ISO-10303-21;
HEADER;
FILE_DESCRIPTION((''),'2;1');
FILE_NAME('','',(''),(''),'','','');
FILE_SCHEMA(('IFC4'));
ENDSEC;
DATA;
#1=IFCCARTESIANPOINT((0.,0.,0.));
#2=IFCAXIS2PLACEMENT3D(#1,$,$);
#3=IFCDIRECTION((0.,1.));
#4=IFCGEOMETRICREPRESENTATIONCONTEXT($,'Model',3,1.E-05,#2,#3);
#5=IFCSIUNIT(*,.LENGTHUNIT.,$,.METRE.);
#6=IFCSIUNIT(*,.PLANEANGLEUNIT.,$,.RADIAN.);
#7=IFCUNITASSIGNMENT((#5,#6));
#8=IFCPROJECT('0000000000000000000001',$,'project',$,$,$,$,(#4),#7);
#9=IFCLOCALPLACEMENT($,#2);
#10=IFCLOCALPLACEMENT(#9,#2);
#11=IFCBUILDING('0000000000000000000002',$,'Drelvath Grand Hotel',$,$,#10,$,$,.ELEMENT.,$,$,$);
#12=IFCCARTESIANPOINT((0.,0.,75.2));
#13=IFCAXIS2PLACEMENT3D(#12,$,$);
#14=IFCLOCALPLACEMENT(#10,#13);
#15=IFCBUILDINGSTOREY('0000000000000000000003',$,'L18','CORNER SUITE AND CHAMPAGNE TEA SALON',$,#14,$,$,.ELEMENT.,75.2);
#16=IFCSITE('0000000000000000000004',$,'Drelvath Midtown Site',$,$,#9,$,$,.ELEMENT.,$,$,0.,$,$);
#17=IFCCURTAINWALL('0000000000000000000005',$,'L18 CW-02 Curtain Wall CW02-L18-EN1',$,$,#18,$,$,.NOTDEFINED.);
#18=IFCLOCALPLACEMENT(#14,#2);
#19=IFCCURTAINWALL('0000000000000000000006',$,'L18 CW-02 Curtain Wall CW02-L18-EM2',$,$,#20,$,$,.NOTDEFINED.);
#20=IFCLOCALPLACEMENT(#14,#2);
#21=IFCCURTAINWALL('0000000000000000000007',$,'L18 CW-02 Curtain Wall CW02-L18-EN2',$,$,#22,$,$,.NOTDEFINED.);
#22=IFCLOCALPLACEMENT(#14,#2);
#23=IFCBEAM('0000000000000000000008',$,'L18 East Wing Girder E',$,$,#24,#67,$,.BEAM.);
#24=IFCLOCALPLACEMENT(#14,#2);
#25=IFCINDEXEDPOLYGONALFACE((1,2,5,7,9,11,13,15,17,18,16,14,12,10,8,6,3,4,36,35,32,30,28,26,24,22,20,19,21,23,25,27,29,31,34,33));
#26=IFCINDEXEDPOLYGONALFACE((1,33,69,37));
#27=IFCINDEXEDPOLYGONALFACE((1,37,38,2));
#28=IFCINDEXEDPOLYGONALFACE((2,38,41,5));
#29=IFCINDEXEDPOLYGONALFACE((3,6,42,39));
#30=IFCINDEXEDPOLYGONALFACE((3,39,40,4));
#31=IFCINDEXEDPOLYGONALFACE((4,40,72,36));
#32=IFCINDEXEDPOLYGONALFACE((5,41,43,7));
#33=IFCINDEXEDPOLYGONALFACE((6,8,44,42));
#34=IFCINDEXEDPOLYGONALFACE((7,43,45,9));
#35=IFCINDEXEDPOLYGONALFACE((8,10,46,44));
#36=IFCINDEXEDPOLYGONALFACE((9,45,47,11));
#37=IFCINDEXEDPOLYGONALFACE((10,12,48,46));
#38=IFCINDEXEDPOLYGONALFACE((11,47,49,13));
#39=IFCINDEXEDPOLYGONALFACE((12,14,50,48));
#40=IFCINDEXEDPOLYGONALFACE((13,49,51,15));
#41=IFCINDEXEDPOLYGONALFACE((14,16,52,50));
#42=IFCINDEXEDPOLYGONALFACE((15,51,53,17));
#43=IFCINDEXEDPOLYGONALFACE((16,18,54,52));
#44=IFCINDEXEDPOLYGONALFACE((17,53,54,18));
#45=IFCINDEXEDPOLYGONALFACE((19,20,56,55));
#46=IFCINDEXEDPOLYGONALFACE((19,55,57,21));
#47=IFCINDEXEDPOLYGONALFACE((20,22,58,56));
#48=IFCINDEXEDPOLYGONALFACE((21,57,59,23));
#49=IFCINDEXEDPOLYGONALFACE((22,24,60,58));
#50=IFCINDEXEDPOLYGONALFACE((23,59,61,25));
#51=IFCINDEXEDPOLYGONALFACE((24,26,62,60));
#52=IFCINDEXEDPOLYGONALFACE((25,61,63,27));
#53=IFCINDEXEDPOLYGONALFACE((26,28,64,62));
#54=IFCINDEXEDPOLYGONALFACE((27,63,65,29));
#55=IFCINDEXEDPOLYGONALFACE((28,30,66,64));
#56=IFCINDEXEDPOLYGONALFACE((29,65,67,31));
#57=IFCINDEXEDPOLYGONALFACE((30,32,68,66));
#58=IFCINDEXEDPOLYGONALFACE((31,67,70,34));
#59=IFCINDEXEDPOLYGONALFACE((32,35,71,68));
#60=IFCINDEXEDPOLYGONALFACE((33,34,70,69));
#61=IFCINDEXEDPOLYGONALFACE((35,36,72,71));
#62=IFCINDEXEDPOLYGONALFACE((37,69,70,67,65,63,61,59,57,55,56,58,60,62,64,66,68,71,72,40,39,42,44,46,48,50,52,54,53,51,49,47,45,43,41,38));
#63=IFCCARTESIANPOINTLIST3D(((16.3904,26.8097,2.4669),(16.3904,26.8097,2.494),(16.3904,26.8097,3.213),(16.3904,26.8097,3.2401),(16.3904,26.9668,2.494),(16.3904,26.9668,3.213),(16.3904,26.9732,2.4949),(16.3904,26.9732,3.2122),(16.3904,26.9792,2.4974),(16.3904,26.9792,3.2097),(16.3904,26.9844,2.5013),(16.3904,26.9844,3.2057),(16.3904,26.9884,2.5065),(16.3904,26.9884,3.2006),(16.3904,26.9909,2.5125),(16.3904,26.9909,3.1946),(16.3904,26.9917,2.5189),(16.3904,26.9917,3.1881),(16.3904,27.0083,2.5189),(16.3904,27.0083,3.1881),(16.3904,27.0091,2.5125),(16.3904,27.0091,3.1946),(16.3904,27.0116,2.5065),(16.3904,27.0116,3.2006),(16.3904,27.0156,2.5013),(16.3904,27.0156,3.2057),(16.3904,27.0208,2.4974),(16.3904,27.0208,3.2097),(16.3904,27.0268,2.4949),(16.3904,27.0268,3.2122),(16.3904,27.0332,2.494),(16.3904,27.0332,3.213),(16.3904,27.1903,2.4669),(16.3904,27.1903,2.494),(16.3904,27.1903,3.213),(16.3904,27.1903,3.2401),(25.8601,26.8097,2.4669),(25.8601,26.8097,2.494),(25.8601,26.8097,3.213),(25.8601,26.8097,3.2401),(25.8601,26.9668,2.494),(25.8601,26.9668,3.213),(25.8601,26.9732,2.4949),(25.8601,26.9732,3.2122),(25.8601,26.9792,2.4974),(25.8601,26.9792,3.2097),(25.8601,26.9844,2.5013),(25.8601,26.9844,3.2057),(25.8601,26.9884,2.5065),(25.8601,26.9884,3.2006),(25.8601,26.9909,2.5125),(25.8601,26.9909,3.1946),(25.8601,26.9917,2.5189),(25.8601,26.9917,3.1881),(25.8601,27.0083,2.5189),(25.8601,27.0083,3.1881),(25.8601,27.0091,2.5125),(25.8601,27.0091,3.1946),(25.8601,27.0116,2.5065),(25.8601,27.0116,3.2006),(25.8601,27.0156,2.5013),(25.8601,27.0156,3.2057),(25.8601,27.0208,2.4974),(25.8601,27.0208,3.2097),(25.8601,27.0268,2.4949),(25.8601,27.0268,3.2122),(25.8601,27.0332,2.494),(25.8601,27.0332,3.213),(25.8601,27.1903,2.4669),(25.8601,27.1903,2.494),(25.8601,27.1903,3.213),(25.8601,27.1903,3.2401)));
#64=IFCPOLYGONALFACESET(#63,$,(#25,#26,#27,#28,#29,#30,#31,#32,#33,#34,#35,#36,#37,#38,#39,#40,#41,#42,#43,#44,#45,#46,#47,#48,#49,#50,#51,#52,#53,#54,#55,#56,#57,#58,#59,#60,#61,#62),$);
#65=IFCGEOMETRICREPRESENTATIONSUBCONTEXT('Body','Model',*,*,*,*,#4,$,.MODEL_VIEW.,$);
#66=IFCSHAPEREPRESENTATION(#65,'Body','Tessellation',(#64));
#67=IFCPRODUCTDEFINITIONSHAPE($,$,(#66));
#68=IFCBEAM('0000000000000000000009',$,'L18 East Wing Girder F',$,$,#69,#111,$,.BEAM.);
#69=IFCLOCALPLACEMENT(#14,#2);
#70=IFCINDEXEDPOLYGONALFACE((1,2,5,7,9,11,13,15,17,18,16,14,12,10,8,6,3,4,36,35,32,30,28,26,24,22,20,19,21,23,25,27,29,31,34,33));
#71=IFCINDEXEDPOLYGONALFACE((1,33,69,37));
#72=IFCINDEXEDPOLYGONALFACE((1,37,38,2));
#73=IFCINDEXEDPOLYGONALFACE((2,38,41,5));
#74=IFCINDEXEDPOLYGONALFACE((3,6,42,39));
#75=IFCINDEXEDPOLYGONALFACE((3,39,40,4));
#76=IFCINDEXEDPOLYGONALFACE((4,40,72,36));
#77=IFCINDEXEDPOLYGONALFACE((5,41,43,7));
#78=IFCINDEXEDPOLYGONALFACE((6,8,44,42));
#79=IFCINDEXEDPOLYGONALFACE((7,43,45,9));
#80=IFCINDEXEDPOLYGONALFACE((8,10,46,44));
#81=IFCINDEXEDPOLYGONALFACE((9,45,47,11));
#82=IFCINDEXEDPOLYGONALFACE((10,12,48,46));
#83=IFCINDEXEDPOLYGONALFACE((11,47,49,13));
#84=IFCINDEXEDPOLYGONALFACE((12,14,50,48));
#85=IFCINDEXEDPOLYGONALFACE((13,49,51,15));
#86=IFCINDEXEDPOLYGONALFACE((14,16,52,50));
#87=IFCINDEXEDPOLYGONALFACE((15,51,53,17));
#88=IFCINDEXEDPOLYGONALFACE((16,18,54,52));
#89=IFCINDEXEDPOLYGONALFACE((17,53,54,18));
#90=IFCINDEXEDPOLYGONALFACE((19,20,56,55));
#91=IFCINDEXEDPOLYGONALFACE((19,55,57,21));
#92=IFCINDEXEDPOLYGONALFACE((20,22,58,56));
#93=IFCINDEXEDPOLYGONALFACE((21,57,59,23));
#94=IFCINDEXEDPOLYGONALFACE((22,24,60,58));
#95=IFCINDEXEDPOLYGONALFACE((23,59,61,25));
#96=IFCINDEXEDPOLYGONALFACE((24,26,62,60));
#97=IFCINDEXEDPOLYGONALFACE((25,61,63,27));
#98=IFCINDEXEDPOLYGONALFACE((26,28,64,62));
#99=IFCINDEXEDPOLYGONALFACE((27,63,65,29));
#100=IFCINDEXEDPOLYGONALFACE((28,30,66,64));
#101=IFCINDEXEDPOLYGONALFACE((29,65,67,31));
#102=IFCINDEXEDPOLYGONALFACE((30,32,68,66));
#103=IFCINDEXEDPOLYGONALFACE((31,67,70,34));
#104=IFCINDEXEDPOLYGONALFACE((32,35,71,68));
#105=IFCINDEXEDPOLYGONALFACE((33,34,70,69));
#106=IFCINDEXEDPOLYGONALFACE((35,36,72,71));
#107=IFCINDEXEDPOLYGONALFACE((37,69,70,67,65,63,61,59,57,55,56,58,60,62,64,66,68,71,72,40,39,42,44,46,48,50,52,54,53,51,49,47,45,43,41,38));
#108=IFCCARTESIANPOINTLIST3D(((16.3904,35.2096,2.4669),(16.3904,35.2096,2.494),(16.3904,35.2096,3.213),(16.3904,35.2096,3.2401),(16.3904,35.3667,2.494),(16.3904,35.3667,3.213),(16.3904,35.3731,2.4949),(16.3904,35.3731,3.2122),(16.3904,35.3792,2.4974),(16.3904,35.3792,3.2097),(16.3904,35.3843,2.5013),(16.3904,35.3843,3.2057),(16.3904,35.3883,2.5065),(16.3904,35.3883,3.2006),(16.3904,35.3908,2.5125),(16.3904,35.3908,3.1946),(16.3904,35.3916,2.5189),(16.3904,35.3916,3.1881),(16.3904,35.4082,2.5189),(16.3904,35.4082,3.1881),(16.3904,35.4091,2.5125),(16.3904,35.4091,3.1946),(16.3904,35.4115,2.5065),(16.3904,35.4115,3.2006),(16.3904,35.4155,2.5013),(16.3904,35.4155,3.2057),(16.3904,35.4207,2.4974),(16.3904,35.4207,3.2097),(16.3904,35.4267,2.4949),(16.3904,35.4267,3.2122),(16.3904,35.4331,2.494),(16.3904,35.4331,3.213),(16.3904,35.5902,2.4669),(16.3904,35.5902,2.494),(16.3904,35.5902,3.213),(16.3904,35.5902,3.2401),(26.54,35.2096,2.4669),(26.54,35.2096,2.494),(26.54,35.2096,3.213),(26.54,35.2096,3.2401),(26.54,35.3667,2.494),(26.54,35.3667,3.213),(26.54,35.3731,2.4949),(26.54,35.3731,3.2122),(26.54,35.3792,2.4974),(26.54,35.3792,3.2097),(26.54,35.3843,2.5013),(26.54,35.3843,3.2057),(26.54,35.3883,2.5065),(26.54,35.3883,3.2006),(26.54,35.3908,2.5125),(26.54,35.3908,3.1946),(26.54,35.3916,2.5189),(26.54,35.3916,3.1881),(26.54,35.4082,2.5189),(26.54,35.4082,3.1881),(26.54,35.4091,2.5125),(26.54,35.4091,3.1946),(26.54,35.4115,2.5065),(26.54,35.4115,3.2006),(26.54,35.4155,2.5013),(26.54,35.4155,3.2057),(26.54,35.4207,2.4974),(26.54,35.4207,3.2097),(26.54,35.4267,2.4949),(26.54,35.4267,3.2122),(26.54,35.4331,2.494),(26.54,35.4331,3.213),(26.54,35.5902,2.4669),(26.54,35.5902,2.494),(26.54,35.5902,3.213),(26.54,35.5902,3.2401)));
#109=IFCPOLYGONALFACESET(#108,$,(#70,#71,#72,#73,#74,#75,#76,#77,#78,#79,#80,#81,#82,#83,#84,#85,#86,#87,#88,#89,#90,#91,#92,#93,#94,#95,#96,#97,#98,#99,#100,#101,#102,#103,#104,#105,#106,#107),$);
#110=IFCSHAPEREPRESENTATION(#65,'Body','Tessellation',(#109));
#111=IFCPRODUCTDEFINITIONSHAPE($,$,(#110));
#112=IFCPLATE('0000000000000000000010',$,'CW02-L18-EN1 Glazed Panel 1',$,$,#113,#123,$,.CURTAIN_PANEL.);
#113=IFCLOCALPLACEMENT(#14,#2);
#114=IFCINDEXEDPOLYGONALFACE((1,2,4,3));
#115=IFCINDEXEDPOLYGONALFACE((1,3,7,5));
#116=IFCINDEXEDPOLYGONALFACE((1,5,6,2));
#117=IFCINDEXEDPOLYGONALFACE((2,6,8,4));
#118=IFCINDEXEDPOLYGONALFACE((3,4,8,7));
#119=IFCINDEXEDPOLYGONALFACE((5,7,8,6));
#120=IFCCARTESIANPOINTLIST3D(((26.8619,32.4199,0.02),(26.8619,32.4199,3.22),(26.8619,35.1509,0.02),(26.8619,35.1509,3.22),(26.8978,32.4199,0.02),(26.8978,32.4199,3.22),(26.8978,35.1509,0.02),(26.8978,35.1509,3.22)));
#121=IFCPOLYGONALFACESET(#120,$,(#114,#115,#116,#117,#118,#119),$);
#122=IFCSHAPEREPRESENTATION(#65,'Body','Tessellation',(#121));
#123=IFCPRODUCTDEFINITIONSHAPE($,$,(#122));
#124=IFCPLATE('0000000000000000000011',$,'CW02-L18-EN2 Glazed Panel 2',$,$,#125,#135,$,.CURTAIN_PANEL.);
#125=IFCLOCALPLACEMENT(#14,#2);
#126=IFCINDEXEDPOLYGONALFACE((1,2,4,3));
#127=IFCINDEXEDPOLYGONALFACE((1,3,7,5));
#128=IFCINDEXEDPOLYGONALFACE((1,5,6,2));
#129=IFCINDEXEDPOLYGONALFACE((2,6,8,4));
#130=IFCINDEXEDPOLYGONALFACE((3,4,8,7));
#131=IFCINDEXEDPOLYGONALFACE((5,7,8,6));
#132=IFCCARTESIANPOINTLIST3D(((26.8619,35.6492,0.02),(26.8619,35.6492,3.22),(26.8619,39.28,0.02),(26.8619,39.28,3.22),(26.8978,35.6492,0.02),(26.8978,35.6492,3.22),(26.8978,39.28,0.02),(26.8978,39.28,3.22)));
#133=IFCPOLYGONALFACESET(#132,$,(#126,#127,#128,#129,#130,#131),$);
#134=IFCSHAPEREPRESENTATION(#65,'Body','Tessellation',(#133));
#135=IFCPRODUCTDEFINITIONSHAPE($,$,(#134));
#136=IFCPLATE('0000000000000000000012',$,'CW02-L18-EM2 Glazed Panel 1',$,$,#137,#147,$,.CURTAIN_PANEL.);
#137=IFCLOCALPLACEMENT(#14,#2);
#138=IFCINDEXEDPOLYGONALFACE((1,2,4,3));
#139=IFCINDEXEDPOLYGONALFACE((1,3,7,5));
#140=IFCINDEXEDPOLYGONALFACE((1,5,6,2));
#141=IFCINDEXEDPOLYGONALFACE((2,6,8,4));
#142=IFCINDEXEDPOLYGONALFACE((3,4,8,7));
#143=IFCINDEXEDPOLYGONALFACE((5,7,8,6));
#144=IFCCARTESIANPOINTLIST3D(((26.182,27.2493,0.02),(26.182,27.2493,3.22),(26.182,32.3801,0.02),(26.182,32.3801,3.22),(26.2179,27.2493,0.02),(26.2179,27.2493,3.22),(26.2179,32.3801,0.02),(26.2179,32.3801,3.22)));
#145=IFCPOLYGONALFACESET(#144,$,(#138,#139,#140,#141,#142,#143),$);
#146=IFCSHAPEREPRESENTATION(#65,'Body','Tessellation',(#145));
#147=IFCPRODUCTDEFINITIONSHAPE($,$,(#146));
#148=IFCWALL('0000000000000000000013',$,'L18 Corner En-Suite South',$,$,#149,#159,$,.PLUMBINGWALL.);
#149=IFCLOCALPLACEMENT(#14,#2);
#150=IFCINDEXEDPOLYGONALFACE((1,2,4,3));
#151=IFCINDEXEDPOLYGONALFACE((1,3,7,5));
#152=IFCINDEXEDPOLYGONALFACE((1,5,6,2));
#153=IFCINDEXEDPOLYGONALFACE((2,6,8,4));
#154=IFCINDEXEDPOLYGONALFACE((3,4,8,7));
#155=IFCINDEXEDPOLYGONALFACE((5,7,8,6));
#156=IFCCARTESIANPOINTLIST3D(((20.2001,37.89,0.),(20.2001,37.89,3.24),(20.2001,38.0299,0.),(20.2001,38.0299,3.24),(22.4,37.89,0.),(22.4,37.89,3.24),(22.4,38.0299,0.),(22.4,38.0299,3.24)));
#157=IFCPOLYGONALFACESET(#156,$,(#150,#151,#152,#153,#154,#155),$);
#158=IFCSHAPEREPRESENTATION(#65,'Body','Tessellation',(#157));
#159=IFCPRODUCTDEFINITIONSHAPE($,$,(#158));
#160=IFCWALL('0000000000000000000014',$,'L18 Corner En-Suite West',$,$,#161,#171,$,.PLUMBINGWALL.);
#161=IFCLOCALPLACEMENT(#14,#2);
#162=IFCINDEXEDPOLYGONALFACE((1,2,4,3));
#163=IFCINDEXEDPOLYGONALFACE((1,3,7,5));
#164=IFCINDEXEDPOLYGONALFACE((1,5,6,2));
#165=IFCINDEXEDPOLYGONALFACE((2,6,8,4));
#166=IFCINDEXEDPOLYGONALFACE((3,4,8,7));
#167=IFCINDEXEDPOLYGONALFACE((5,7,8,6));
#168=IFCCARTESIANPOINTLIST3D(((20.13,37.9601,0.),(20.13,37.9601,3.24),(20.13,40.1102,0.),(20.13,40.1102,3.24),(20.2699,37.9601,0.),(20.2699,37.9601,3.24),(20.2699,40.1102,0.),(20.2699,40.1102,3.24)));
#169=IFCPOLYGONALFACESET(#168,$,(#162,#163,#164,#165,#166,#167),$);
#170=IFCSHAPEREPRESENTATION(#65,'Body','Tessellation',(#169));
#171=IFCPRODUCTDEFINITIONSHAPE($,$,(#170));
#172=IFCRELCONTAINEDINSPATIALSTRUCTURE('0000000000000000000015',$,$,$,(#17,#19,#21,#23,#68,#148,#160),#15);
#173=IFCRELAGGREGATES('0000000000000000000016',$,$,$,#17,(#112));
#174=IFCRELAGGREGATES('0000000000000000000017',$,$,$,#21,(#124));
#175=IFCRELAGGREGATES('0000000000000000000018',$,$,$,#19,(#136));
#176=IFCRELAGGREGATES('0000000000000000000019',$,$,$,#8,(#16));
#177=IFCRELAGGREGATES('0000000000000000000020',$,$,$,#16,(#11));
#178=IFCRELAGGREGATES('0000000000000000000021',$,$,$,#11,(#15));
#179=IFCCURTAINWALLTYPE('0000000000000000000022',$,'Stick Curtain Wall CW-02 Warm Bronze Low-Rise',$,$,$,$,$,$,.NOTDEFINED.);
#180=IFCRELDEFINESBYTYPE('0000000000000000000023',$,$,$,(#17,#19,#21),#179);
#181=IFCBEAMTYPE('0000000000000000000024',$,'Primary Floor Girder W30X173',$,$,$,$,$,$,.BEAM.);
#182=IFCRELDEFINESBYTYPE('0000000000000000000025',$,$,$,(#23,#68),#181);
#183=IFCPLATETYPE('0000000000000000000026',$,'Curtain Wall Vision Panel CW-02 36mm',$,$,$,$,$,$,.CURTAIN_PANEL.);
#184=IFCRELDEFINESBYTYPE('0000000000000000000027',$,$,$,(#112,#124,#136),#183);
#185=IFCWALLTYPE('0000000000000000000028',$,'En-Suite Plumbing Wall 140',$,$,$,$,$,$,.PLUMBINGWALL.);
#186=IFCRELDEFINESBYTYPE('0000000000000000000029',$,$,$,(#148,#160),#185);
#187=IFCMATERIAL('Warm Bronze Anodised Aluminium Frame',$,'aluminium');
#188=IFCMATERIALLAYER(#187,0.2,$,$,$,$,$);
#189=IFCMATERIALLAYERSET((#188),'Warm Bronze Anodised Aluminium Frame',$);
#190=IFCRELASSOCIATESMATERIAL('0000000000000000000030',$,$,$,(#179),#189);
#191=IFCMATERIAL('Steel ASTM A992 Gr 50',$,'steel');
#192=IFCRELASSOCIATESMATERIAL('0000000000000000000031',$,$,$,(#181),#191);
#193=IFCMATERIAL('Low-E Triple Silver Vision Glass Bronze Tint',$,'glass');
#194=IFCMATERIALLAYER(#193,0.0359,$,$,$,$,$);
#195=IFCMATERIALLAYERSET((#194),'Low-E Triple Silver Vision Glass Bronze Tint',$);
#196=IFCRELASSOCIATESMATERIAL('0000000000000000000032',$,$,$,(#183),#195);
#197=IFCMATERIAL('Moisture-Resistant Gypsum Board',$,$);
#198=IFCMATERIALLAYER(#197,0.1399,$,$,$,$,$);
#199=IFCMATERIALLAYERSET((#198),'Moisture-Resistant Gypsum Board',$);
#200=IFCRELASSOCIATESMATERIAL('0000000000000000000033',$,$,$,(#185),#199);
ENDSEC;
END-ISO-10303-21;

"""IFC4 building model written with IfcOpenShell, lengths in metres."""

from ifc_helpers import new_model, si_unit, direction, frame, frame_2d, origin, origin_2d, place, context, subcontext, project, spatial, rectangle, i_section, extrude, material, layer, layer_set, material_profile, profile_set, type_object, element, aggregate, save


model = new_model("IFC4")

# Units and contexts
model_context = context("Model", 3, precision=1e-05, world=origin(), true_north=direction((0.0, 1.0)))
body_context = subcontext(model_context, "Body", "Model", "MODEL_VIEW")
ifc_project = project(units=[si_unit("LENGTHUNIT", "METRE"), si_unit("PLANEANGLEUNIT", "RADIAN")], contexts=[model_context])

# Site, building, storey
site_placement = place(None, origin())
site = spatial("IfcSite", under=ifc_project, at=site_placement, Name="Drelvath Midtown Site", CompositionType="ELEMENT", RefElevation=0.0)
building_placement = place(site_placement, origin())
building = spatial("IfcBuilding", under=site, at=building_placement, Name="Drelvath Grand Hotel", CompositionType="ELEMENT")
storey_placement = place(building_placement, frame((0.0, 0.0, 75.2)))
storey = spatial("IfcBuildingStorey", under=building, at=storey_placement, Name="L18", Description="CORNER SUITE AND CHAMPAGNE TEA SALON", CompositionType="ELEMENT", Elevation=75.2)

# Curtain walls
ifc_material_1 = material(Name="Warm Bronze Anodised Aluminium Frame", Category="aluminium")
ifc_layer_1 = layer(ifc_material_1, 0.2)
ifc_layer_set_1 = layer_set([ifc_layer_1], Name="Warm Bronze Anodised Aluminium Frame")
curtain_wall_type = type_object("IfcCurtainWallType", Name="Stick Curtain Wall CW-02 Warm Bronze Low-Rise", PredefinedType="NOTDEFINED", material=ifc_layer_set_1)
curtain_wall_1_placement = place(storey_placement, origin())
curtain_wall_1 = element("IfcCurtainWall", 1, at=curtain_wall_1_placement, inside=storey, type_object=curtain_wall_type, Name="L18 CW-02 Curtain Wall CW02-L18-EN1", PredefinedType="NOTDEFINED")
curtain_wall_2_placement = place(storey_placement, origin())
curtain_wall_2 = element("IfcCurtainWall", 2, at=curtain_wall_2_placement, inside=storey, type_object=curtain_wall_type, Name="L18 CW-02 Curtain Wall CW02-L18-EM2", PredefinedType="NOTDEFINED")

# Curtain wall
curtain_wall_3_placement = place(storey_placement, origin())
curtain_wall_3 = element("IfcCurtainWall", 3, at=curtain_wall_3_placement, inside=storey, type_object=curtain_wall_type, Name="L18 CW-02 Curtain Wall CW02-L18-EN2", PredefinedType="NOTDEFINED")

# Beams
ifc_material_2 = material(Name="Steel ASTM A992 Gr 50", Category="steel")
ifc_material_profile_1 = material_profile(ifc_material_2, i_section(OverallWidth=0.3806, OverallDepth=0.7732, WebThickness=0.0166, FlangeThickness=0.0271, FilletRadius=0.0249, at=origin_2d()), Name="W30X173")
ifc_profile_set_1 = profile_set([ifc_material_profile_1], Name="Steel ASTM A992 Gr 50")
beam_type_1 = type_object("IfcBeamType", Name="Primary Floor Girder W30X173", PredefinedType="BEAM", material=ifc_profile_set_1)
beam_1_placement = place(storey_placement, frame((16.3904, 27.0, 2.8535), z_axis=(1.0, 0.0, 0.0), x_axis=(0.0, 1.0, 0.0)))
element("IfcBeam", 4, at=beam_1_placement, inside=storey, type_object=beam_type_1, Name="L18 East Wing Girder E", PredefinedType="BEAM", context=body_context, shape_type="SweptSolid", body=[
    extrude(i_section(OverallWidth=0.3806, OverallDepth=0.7732, WebThickness=0.0166, FlangeThickness=0.0271, FilletRadius=0.0249, at=origin_2d()), origin(), (0.0, 0.0, 1.0), 9.4697),
])
beam_2_placement = place(storey_placement, frame((16.3904, 35.3999, 2.8535), z_axis=(1.0, 0.0, 0.0), x_axis=(0.0, 1.0, 0.0)))
element("IfcBeam", 5, at=beam_2_placement, inside=storey, type_object=beam_type_1, Name="L18 East Wing Girder F", PredefinedType="BEAM", context=body_context, shape_type="SweptSolid", body=[
    extrude(i_section(OverallWidth=0.3806, OverallDepth=0.7732, WebThickness=0.0166, FlangeThickness=0.0271, FilletRadius=0.0249, at=origin_2d()), origin(), (0.0, 0.0, 1.0), 10.1497),
])

# Plates
ifc_material_3 = material(Name="Low-E Triple Silver Vision Glass Bronze Tint", Category="glass")
ifc_layer_2 = layer(ifc_material_3, 0.0359)
ifc_layer_set_2 = layer_set([ifc_layer_2], Name="Low-E Triple Silver Vision Glass Bronze Tint")
plate_type = type_object("IfcPlateType", Name="Curtain Wall Vision Panel CW-02 36mm", PredefinedType="CURTAIN_PANEL", material=ifc_layer_set_2)
plate_1_placement = place(storey_placement, frame((26.8799, 33.7854, 0.02), z_axis=(0.0, 0.0, 1.0), x_axis=(0.0, -1.0, 0.0)))
plate_1 = element("IfcPlate", 6, at=plate_1_placement, type_object=plate_type, Name="CW02-L18-EN1 Glazed Panel 1", PredefinedType="CURTAIN_PANEL", context=body_context, shape_type="SweptSolid", body=[
    extrude(rectangle(XDim=2.731, YDim=0.0359, at=origin_2d()), origin(), (0.0, 0.0, 1.0), 3.2),
])
aggregate(curtain_wall_1, [plate_1])
plate_2_placement = place(storey_placement, frame((26.8799, 37.4646, 0.02), z_axis=(0.0, 0.0, 1.0), x_axis=(0.0, -1.0, 0.0)))
plate_2 = element("IfcPlate", 7, at=plate_2_placement, type_object=plate_type, Name="CW02-L18-EN2 Glazed Panel 2", PredefinedType="CURTAIN_PANEL", context=body_context, shape_type="SweptSolid", body=[
    extrude(rectangle(XDim=3.6309, YDim=0.0359, at=origin_2d()), origin(), (0.0, 0.0, 1.0), 3.2),
])
aggregate(curtain_wall_3, [plate_2])
plate_3_placement = place(storey_placement, frame((26.2, 29.8147, 0.02), z_axis=(0.0, 0.0, 1.0), x_axis=(0.0, -1.0, 0.0)))
plate_3 = element("IfcPlate", 8, at=plate_3_placement, type_object=plate_type, Name="CW02-L18-EM2 Glazed Panel 1", PredefinedType="CURTAIN_PANEL", context=body_context, shape_type="SweptSolid", body=[
    extrude(rectangle(XDim=5.1309, YDim=0.0359, at=origin_2d()), origin(), (0.0, 0.0, 1.0), 3.2),
])
aggregate(curtain_wall_2, [plate_3])

# Walls
ifc_material_4 = material(Name="Moisture-Resistant Gypsum Board")
ifc_layer_3 = layer(ifc_material_4, 0.1399)
ifc_layer_set_3 = layer_set([ifc_layer_3], Name="Moisture-Resistant Gypsum Board")
wall_type_1 = type_object("IfcWallType", Name="En-Suite Plumbing Wall 140", PredefinedType="PLUMBINGWALL", material=ifc_layer_set_3)
wall_1_placement = place(storey_placement, frame((20.2, 37.96, 0.0), z_axis=(0.0, 0.0, 1.0), x_axis=(1.0, 0.0, 0.0)))
element("IfcWall", 9, at=wall_1_placement, inside=storey, type_object=wall_type_1, Name="L18 Corner En-Suite South", PredefinedType="PLUMBINGWALL", context=body_context, shape_type="SweptSolid", body=[
    extrude(rectangle(XDim=2.2, YDim=0.1399, at=frame_2d((1.1001, 0.0))), origin(), (0.0, 0.0, 1.0), 3.24),
])
wall_2_placement = place(storey_placement, frame((20.2, 37.96, 0.0), z_axis=(0.0, 0.0, 1.0), x_axis=(0.0, 1.0, 0.0)))
element("IfcWall", 10, at=wall_2_placement, inside=storey, type_object=wall_type_1, Name="L18 Corner En-Suite West", PredefinedType="PLUMBINGWALL", context=body_context, shape_type="SweptSolid", body=[
    extrude(rectangle(XDim=2.1501, YDim=0.1399, at=frame_2d((1.0752, 0.0))), origin(), (0.0, 0.0, 1.0), 3.24),
])

save(model, "model.ifc")
